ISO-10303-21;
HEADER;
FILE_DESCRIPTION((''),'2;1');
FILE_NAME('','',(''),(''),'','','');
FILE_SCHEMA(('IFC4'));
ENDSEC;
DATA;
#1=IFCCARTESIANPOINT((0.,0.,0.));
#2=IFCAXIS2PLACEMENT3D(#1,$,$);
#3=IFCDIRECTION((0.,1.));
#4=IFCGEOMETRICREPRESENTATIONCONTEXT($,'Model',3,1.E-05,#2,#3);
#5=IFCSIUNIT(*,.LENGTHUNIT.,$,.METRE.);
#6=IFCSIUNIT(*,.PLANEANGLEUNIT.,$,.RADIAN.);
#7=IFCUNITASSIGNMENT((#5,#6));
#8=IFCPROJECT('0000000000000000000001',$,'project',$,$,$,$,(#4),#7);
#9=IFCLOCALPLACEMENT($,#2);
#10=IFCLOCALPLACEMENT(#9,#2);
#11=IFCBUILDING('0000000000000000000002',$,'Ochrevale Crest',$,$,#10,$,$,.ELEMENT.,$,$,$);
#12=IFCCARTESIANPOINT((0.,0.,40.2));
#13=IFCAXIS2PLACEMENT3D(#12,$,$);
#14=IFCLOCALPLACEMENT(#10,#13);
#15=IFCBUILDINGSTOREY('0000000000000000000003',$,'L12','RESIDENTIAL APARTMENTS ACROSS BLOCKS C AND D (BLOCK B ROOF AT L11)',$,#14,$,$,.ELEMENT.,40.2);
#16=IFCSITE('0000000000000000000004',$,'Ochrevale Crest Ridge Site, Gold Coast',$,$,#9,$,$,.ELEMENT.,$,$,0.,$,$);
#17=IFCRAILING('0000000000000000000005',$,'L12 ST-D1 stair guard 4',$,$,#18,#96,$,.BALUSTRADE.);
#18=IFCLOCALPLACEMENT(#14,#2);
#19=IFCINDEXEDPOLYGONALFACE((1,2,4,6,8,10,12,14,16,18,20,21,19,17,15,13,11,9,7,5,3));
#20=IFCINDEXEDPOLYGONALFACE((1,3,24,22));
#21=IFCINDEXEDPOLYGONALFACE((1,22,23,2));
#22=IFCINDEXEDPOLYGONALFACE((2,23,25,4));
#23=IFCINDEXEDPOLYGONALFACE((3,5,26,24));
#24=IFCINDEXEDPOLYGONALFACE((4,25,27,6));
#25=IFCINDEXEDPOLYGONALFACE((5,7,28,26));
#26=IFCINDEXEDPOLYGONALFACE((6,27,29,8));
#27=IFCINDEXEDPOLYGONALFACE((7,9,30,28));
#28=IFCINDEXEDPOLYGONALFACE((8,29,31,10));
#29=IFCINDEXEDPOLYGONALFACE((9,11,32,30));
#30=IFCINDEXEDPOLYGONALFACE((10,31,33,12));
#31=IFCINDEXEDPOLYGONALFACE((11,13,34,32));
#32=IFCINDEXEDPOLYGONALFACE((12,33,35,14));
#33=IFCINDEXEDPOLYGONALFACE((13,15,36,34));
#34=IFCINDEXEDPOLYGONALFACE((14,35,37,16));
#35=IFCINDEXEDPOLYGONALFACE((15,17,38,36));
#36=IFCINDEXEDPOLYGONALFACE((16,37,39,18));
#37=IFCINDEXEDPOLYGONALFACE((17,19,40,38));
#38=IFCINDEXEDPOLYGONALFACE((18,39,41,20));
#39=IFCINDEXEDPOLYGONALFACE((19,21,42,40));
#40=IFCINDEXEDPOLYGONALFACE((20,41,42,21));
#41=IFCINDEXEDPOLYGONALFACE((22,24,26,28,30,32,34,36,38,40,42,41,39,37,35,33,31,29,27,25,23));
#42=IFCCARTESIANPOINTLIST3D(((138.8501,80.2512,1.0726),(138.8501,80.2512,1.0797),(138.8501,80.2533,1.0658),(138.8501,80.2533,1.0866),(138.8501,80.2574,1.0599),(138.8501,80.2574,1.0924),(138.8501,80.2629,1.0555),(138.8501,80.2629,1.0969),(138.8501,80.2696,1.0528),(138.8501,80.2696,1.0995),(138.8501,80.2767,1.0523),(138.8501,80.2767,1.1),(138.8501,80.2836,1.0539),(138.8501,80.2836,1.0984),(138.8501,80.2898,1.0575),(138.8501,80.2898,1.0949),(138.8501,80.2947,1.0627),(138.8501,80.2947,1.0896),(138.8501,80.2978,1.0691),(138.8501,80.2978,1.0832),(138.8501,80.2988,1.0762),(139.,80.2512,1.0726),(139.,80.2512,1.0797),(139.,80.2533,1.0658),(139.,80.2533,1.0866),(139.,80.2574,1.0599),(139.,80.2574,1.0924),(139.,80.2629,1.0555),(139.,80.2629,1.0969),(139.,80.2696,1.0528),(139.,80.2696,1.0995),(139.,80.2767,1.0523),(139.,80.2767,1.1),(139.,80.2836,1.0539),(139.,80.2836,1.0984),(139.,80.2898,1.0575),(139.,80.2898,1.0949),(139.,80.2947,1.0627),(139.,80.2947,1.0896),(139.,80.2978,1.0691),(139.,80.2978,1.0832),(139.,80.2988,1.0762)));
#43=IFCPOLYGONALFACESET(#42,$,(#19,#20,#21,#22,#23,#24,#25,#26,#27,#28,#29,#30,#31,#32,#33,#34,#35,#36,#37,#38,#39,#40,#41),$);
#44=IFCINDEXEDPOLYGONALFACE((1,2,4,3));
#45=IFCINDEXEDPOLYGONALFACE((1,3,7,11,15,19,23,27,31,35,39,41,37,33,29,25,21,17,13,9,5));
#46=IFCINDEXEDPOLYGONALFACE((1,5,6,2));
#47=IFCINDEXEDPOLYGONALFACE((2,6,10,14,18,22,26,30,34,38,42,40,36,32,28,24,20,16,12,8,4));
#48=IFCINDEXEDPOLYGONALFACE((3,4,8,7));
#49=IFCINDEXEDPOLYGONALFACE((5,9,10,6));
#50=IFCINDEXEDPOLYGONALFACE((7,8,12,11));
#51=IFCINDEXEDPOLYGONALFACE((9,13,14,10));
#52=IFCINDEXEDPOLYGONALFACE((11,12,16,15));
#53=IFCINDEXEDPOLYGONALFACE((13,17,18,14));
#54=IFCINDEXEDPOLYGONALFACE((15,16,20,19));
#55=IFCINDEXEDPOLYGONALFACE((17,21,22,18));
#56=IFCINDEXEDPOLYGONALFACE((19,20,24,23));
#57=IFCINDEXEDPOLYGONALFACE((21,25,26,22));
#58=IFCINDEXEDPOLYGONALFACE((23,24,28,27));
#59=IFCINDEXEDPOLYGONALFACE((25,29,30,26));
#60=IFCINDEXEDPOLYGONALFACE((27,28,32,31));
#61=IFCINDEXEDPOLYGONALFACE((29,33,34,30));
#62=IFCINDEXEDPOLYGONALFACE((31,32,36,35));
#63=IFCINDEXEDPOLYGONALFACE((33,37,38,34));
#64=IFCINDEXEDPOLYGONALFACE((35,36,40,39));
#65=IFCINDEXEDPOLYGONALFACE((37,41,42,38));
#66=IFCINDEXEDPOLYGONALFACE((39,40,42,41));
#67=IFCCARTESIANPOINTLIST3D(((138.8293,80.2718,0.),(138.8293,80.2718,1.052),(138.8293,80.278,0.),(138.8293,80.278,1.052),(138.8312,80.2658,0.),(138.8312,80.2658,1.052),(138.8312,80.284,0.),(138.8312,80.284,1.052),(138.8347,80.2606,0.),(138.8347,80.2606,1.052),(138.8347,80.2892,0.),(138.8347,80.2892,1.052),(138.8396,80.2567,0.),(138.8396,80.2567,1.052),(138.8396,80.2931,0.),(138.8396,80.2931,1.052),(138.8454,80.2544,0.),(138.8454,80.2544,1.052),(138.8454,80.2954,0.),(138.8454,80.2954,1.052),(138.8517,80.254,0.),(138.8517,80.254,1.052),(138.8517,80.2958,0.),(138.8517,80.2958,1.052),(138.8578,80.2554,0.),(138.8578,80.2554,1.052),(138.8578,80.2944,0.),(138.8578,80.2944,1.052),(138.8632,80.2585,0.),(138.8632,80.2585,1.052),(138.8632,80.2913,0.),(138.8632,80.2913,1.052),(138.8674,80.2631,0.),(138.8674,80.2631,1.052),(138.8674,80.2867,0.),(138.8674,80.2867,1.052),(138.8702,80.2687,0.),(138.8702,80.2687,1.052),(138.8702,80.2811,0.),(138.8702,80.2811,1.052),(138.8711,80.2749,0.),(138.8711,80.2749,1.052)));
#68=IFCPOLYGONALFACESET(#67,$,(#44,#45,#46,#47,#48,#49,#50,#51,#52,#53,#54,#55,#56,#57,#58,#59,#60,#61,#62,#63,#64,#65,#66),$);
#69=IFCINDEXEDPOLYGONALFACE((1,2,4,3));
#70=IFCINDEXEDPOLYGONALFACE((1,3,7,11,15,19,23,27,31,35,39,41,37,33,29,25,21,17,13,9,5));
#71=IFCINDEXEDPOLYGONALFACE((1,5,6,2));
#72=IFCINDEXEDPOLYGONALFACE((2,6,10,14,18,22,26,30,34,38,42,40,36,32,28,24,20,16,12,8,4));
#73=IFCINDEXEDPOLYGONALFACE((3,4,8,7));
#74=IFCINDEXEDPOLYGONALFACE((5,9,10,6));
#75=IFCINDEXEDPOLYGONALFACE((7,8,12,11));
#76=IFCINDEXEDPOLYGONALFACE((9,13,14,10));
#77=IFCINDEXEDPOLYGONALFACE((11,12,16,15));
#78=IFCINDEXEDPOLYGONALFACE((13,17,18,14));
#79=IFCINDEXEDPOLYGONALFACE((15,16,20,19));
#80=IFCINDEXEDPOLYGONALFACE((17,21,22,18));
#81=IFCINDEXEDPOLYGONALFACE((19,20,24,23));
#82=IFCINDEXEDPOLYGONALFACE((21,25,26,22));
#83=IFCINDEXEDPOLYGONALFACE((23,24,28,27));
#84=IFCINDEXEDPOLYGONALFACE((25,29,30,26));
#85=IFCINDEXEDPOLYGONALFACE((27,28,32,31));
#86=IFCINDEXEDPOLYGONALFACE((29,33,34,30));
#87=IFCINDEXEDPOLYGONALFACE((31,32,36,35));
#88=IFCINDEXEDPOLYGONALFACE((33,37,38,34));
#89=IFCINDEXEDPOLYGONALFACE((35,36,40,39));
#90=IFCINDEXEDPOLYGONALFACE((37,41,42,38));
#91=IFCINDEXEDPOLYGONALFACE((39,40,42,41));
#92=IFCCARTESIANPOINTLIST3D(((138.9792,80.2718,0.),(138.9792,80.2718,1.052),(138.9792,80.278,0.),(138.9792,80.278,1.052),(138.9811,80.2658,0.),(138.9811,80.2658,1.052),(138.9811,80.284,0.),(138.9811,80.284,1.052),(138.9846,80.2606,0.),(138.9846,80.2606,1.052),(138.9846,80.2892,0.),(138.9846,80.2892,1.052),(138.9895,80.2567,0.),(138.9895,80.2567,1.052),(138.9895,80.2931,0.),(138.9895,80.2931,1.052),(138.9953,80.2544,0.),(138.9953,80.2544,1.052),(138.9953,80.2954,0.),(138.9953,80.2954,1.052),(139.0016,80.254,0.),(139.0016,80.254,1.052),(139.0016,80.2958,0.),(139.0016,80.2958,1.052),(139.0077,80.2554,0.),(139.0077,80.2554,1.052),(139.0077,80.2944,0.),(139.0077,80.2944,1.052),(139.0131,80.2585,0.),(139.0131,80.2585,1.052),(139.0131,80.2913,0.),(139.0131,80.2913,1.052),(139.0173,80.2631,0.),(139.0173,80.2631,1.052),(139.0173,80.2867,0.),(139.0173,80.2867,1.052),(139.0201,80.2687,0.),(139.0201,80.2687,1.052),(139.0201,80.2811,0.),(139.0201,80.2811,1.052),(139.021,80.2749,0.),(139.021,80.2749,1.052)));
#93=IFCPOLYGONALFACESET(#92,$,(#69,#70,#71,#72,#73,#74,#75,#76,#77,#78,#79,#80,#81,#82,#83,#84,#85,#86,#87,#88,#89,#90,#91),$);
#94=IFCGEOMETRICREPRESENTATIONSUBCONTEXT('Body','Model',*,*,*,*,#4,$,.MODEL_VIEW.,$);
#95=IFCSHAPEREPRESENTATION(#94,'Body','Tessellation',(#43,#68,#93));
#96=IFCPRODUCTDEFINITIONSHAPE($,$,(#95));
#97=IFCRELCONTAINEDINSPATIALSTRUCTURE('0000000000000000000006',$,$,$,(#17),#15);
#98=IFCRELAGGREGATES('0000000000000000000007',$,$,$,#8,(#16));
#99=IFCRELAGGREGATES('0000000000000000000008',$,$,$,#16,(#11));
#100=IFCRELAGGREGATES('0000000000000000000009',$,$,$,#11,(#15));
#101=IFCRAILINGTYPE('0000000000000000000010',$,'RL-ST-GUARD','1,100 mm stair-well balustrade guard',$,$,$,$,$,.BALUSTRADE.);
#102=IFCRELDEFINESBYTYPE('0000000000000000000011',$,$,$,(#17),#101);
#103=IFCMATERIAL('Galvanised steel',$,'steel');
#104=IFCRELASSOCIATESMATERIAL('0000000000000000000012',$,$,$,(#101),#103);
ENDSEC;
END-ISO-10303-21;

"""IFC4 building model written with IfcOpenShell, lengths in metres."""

from ifc_helpers import new_model, si_unit, direction, frame, origin, origin_2d, place, context, subcontext, project, spatial, circle, extrude, material, type_object, element, save


model = new_model("IFC4")

# Units and contexts
model_context = context("Model", 3, precision=1e-05, world=origin(), true_north=direction((0.0, 1.0)))
body_context = subcontext(model_context, "Body", "Model", "MODEL_VIEW")
ifc_project = project(units=[si_unit("LENGTHUNIT", "METRE"), si_unit("PLANEANGLEUNIT", "RADIAN")], contexts=[model_context])

# Site, building, storey
site_placement = place(None, origin())
site = spatial("IfcSite", under=ifc_project, at=site_placement, Name="Ochrevale Crest Ridge Site, Gold Coast", CompositionType="ELEMENT", RefElevation=0.0)
building_placement = place(site_placement, origin())
building = spatial("IfcBuilding", under=site, at=building_placement, Name="Ochrevale Crest", CompositionType="ELEMENT")
storey_placement = place(building_placement, frame((0.0, 0.0, 40.2)))
storey = spatial("IfcBuildingStorey", under=building, at=storey_placement, Name="L12", Description="RESIDENTIAL APARTMENTS ACROSS BLOCKS C AND D (BLOCK B ROOF AT L11)", CompositionType="ELEMENT", Elevation=40.2)

# Railing
ifc_material_1 = material(Name="Galvanised steel", Category="steel")
railing_type = type_object("IfcRailingType", Name="RL-ST-GUARD", Description="1,100 mm stair-well balustrade guard", PredefinedType="BALUSTRADE", material=ifc_material_1)
railing_1_placement = place(storey_placement, frame((138.8501, 80.2749, 0.0)))
element("IfcRailing", 1, at=railing_1_placement, inside=storey, type_object=railing_type, Name="L12 ST-D1 stair guard 4", PredefinedType="BALUSTRADE", context=body_context, shape_type="SweptSolid", body=[
    extrude(circle(Radius=0.0239, at=origin_2d()), frame((0.0, 0.0, 1.0762), z_axis=(1.0, 0.0, 0.0), x_axis=(0.0, 1.0, 0.0)), (0.0, 0.0, 1.0), 0.1499),
    extrude(circle(Radius=0.021, at=origin_2d()), origin(), (0.0, 0.0, 1.0), 1.052),
    extrude(circle(Radius=0.021, at=origin_2d()), frame((0.1499, 0.0, 0.0)), (0.0, 0.0, 1.0), 1.052),
])

save(model, "model.ifc")
